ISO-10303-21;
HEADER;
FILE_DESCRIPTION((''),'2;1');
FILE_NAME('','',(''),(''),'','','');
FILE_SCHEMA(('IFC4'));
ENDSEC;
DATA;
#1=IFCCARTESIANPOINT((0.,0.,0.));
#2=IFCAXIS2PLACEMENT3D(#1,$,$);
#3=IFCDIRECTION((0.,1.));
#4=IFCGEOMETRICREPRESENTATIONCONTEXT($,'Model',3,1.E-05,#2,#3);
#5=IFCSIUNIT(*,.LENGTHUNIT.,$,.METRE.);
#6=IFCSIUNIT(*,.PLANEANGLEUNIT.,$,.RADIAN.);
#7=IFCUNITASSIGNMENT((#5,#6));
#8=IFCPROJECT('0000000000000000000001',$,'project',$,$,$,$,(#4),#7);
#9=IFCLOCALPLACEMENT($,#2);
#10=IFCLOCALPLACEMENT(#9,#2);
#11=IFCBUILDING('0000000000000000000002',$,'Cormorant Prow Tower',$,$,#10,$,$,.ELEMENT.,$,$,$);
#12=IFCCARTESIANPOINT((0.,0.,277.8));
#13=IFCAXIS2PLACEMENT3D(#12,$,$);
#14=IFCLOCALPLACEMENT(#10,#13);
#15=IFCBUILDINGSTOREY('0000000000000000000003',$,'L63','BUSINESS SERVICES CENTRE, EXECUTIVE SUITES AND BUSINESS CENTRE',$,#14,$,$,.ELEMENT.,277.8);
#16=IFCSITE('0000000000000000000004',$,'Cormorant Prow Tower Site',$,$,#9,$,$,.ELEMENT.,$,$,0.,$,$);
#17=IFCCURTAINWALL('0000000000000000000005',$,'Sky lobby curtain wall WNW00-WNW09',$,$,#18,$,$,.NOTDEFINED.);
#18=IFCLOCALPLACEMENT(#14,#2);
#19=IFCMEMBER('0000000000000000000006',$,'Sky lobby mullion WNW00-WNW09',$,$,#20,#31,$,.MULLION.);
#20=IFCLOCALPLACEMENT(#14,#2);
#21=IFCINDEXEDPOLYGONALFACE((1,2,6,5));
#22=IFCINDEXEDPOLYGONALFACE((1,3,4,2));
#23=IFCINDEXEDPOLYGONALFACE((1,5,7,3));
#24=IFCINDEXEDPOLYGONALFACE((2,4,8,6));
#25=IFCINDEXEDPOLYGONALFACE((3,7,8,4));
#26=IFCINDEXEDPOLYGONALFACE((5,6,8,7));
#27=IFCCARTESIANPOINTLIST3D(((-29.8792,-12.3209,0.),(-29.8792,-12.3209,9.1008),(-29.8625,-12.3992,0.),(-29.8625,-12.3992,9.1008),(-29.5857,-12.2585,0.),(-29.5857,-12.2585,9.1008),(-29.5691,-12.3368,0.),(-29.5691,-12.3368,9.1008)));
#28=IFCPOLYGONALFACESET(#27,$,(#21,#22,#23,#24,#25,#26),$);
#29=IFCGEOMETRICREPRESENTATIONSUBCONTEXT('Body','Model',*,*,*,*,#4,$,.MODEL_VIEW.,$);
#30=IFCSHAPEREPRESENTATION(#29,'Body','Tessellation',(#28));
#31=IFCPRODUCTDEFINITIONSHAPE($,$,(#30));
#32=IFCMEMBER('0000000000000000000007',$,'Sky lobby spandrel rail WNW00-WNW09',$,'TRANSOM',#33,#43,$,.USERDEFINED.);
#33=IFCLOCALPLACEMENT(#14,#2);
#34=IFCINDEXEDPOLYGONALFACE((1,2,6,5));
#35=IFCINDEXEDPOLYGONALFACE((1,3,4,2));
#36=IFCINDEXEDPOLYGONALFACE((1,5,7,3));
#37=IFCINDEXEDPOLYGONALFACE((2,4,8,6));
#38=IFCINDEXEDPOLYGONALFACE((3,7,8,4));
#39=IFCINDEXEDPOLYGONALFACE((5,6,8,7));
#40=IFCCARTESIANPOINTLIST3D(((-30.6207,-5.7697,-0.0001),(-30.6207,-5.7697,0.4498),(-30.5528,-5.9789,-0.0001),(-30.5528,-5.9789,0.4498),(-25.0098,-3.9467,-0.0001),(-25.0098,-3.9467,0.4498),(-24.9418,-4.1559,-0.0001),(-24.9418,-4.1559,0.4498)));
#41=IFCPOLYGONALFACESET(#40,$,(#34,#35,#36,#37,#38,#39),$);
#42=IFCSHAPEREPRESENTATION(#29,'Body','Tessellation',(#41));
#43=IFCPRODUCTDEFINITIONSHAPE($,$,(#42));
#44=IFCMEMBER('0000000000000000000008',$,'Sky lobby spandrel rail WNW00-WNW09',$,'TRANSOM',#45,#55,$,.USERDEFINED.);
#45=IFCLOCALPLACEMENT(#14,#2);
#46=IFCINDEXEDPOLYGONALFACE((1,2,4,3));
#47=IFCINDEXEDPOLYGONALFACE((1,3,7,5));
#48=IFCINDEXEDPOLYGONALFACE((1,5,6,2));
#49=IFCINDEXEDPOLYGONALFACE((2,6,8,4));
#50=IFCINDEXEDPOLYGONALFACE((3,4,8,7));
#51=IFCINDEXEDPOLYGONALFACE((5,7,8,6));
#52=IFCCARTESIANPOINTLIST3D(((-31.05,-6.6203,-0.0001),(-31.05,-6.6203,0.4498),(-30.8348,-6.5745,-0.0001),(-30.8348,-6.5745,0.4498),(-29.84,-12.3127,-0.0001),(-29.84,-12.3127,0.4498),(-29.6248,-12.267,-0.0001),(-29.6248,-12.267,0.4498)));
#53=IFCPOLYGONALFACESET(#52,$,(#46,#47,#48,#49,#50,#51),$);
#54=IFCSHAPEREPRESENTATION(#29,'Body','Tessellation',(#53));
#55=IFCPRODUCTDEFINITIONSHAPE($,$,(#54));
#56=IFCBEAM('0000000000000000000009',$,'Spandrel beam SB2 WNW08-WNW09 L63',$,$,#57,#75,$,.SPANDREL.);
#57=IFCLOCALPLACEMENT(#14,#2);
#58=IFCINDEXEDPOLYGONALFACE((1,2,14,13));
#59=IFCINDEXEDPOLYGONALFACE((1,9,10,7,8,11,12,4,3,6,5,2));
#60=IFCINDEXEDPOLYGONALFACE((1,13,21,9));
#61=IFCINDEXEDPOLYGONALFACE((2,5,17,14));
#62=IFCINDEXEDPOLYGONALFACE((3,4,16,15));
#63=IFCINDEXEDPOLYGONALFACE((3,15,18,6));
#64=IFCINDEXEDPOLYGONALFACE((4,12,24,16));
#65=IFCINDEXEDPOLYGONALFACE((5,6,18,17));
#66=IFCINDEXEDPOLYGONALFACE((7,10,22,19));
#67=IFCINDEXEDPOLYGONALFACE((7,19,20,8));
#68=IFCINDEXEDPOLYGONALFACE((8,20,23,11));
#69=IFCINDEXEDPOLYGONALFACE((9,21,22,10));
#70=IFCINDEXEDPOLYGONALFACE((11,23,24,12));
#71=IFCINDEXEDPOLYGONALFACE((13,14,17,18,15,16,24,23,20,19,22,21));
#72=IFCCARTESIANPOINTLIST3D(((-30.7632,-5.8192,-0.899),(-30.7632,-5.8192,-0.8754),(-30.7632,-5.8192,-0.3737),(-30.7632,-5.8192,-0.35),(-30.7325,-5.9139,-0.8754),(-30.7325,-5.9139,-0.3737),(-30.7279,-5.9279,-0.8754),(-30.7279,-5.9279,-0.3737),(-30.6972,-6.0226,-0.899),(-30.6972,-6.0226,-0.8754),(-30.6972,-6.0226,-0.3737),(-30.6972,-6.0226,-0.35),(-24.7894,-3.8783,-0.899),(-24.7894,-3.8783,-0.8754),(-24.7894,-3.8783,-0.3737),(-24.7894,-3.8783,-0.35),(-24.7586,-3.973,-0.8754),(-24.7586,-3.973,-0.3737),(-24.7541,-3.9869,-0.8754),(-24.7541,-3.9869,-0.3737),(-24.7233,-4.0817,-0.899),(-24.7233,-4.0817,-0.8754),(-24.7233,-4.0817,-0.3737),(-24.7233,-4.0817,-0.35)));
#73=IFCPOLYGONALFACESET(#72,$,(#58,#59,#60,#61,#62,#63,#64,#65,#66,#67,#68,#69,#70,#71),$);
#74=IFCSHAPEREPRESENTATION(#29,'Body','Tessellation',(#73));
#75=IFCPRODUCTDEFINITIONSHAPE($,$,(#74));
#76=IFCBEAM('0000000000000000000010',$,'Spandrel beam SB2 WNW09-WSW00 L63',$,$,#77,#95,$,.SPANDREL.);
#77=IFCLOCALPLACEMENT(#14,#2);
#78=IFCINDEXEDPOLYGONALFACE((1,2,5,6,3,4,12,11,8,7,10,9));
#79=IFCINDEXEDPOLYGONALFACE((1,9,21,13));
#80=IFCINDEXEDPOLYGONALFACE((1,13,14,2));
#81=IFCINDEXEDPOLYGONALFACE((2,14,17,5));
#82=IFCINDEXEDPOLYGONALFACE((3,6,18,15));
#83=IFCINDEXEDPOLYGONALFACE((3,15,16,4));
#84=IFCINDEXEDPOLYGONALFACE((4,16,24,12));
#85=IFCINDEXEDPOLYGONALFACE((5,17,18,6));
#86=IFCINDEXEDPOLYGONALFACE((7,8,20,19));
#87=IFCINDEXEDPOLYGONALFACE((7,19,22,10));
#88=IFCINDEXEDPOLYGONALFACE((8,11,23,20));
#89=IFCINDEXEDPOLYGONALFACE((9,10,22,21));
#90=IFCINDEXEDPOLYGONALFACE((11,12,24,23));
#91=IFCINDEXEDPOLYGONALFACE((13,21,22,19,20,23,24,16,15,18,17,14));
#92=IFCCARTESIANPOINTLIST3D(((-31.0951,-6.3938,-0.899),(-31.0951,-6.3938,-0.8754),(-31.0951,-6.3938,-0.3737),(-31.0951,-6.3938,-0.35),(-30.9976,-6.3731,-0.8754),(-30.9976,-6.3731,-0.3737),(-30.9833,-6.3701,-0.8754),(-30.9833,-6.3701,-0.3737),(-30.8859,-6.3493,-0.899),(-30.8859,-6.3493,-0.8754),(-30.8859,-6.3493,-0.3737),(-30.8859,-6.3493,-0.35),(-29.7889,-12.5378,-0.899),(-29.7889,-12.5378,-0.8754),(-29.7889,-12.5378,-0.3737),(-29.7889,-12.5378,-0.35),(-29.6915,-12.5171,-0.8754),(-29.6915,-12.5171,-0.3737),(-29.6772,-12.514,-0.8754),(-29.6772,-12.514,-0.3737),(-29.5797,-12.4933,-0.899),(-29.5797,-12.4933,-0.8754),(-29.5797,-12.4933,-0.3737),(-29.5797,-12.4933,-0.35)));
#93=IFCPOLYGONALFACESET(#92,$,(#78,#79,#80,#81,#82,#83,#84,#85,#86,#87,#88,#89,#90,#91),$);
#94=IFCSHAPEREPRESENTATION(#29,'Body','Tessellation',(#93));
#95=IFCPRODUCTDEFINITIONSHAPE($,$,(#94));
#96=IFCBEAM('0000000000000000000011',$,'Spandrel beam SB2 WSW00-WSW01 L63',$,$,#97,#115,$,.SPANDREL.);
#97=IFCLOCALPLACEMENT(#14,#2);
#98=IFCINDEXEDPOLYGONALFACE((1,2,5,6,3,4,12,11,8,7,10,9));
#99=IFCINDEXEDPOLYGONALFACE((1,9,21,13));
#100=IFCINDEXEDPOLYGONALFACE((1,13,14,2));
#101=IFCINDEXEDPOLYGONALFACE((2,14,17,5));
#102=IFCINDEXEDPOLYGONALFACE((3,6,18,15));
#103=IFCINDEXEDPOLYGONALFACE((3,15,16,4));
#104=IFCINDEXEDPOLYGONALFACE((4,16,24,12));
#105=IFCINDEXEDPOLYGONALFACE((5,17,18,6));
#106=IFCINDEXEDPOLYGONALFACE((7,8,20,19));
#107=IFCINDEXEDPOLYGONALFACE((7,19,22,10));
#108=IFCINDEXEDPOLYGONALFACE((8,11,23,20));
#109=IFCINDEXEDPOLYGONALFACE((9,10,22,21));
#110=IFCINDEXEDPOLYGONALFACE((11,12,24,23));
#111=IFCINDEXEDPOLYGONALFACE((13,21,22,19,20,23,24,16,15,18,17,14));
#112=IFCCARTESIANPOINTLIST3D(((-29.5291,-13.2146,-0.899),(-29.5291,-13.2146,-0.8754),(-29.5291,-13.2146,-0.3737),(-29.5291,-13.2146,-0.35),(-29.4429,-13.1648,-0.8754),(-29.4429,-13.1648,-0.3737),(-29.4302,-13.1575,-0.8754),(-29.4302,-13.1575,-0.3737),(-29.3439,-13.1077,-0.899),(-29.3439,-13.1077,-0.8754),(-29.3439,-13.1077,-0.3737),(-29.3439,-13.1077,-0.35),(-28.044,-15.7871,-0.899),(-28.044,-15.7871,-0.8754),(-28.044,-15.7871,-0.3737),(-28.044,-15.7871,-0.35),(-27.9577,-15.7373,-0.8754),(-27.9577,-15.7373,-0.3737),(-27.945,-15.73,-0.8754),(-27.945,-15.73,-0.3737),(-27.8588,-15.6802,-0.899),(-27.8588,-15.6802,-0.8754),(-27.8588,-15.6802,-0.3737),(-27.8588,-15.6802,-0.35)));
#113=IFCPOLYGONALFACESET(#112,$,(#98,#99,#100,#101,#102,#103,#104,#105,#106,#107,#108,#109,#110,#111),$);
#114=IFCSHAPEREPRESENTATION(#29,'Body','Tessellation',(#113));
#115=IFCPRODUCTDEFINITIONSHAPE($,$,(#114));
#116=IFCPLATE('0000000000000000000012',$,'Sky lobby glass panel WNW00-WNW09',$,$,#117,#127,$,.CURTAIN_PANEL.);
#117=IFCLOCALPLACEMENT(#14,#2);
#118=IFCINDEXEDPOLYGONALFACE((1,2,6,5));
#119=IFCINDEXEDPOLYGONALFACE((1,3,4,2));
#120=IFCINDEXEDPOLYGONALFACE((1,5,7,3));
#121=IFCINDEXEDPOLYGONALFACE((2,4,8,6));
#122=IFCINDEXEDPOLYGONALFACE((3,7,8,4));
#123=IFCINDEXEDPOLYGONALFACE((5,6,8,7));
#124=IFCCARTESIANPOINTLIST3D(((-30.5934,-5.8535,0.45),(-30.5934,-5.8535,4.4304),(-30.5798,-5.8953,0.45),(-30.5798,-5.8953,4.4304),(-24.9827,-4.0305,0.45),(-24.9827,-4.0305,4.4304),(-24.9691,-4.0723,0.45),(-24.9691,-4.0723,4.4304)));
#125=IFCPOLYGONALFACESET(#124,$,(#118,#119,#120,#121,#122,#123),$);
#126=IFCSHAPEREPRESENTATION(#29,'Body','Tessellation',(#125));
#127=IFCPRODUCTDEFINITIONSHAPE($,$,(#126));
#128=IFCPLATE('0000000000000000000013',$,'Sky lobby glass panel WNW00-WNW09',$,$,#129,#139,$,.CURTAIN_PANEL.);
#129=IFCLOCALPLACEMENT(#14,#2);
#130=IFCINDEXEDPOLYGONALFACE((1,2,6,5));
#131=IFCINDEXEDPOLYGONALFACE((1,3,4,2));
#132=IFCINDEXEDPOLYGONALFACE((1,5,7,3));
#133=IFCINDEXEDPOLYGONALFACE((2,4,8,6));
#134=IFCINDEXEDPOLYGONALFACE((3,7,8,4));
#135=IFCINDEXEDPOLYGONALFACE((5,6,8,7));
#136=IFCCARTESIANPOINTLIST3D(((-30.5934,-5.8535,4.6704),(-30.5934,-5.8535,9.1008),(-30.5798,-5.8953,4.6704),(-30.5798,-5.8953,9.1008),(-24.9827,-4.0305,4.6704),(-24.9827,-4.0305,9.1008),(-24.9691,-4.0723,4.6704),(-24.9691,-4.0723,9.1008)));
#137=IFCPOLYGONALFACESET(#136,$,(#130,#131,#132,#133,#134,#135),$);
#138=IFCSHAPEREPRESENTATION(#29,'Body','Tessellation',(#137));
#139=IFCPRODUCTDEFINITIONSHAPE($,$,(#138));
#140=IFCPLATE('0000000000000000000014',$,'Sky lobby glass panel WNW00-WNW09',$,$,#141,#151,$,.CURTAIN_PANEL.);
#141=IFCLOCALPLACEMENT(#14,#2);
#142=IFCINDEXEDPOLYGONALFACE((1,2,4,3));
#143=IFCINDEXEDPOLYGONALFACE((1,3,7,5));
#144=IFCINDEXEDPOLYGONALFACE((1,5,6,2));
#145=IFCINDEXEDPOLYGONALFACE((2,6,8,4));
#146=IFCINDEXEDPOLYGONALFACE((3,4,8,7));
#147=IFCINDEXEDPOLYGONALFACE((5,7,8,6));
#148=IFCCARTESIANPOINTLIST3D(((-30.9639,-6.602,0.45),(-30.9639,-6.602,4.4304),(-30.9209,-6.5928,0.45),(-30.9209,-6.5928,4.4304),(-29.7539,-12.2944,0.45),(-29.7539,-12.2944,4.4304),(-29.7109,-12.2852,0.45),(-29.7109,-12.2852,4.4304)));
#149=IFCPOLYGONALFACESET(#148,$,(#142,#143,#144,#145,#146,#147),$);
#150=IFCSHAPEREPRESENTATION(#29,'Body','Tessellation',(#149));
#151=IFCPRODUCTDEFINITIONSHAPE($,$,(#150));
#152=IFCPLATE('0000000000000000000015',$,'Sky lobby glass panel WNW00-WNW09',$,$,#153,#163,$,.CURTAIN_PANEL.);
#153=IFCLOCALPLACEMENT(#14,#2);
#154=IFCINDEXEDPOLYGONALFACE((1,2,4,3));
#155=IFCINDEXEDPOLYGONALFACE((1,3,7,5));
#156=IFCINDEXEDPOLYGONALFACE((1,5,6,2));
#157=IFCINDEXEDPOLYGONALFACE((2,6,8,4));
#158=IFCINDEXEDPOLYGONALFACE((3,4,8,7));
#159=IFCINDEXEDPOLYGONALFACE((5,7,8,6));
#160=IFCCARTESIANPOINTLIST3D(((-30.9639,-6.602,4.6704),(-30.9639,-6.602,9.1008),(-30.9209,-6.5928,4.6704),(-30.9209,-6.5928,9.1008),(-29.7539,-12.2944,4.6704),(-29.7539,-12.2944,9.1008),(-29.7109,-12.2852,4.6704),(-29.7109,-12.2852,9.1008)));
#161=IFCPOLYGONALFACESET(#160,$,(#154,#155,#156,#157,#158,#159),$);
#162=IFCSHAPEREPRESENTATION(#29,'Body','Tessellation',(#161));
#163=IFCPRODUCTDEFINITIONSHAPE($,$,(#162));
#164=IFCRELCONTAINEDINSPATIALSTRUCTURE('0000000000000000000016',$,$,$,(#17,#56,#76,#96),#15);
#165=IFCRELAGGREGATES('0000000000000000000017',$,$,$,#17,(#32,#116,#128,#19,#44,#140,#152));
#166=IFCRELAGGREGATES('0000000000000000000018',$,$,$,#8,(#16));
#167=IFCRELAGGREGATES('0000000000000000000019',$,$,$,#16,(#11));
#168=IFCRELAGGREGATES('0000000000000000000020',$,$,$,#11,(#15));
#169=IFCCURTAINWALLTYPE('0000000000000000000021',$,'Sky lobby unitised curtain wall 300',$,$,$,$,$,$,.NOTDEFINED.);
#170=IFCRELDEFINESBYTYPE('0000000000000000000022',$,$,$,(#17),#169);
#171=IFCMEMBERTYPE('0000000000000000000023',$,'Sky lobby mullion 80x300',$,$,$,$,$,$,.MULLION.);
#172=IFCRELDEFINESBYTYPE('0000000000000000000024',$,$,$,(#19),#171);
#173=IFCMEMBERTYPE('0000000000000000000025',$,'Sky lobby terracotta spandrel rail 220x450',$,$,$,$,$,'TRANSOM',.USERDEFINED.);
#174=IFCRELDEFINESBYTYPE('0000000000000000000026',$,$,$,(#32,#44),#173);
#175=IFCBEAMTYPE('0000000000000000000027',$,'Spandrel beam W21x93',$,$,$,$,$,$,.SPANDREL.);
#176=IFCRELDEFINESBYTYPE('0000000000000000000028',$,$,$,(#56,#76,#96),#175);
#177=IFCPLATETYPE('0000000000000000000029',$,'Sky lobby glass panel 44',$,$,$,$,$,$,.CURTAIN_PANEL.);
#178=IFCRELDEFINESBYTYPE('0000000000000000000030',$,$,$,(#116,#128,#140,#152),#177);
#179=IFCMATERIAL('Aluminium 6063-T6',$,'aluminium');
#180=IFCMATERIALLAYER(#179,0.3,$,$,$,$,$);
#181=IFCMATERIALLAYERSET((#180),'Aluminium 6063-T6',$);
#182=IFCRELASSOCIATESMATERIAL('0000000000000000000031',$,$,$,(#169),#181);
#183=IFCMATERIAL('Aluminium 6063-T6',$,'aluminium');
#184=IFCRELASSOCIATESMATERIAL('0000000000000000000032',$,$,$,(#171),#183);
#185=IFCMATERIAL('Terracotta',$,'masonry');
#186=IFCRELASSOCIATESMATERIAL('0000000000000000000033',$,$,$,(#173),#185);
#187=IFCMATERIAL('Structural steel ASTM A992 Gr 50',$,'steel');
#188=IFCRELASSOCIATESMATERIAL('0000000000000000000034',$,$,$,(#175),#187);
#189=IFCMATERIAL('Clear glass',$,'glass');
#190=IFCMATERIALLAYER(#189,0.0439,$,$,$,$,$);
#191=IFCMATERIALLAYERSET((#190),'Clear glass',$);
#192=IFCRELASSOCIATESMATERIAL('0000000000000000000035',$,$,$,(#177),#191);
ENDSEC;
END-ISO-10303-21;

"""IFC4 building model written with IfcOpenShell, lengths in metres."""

from ifc_helpers import new_model, si_unit, direction, frame, origin, origin_2d, place, context, subcontext, project, spatial, rectangle, i_section, extrude, material, layer, layer_set, material_profile, profile_set, type_object, element, aggregate, save


model = new_model("IFC4")

# Units and contexts
model_context = context("Model", 3, precision=1e-05, world=origin(), true_north=direction((0.0, 1.0)))
body_context = subcontext(model_context, "Body", "Model", "MODEL_VIEW")
ifc_project = project(units=[si_unit("LENGTHUNIT", "METRE"), si_unit("PLANEANGLEUNIT", "RADIAN")], contexts=[model_context])

# Site, building, storey
site_placement = place(None, origin())
site = spatial("IfcSite", under=ifc_project, at=site_placement, Name="Cormorant Prow Tower Site", CompositionType="ELEMENT", RefElevation=0.0)
building_placement = place(site_placement, origin())
building = spatial("IfcBuilding", under=site, at=building_placement, Name="Cormorant Prow Tower", CompositionType="ELEMENT")
storey_placement = place(building_placement, frame((0.0, 0.0, 277.8)))
storey = spatial("IfcBuildingStorey", under=building, at=storey_placement, Name="L63", Description="BUSINESS SERVICES CENTRE, EXECUTIVE SUITES AND BUSINESS CENTRE", CompositionType="ELEMENT", Elevation=277.8)

# Curtain wall, members
ifc_material_1 = material(Name="Aluminium 6063-T6", Category="aluminium")
ifc_layer_1 = layer(ifc_material_1, 0.3)
ifc_layer_set_1 = layer_set([ifc_layer_1], Name="Aluminium 6063-T6")
curtain_wall_type = type_object("IfcCurtainWallType", Name="Sky lobby unitised curtain wall 300", PredefinedType="NOTDEFINED", material=ifc_layer_set_1)
curtain_wall_placement = place(storey_placement, origin())
curtain_wall = element("IfcCurtainWall", 1, at=curtain_wall_placement, inside=storey, type_object=curtain_wall_type, Name="Sky lobby curtain wall WNW00-WNW09", PredefinedType="NOTDEFINED")
ifc_material_2 = material(Name="Aluminium 6063-T6", Category="aluminium")
ifc_material_profile_1 = material_profile(ifc_material_2, rectangle(XDim=0.3, YDim=0.0801, at=origin_2d()), Name="Sky lobby mullion 80x300")
ifc_profile_set_1 = profile_set([ifc_material_profile_1], Name="Aluminium 6063-T6")
member_type_1 = type_object("IfcMemberType", Name="Sky lobby mullion 80x300", PredefinedType="MULLION", material=ifc_profile_set_1)
member_1_placement = place(storey_placement, frame((-29.7241, -12.3289, 0.0), z_axis=(0.0, 0.0, 1.0), x_axis=(0.978148, 0.207912, 0.0)))
member_1 = element("IfcMember", 2, at=member_1_placement, type_object=member_type_1, Name="Sky lobby mullion WNW00-WNW09", PredefinedType="MULLION", context=body_context, shape_type="SweptSolid", body=[
    extrude(rectangle(XDim=0.3, YDim=0.0801, at=origin_2d()), origin(), (0.0, 0.0, 1.0), 9.1008),
])
ifc_material_3 = material(Name="Terracotta", Category="masonry")
ifc_material_profile_2 = material_profile(ifc_material_3, rectangle(XDim=0.22, YDim=0.45, at=origin_2d()), Name="Sky lobby terracotta spandrel rail 220x450")
ifc_profile_set_2 = profile_set([ifc_material_profile_2], Name="Terracotta")
member_type_2 = type_object("IfcMemberType", Name="Sky lobby terracotta spandrel rail 220x450", ElementType="TRANSOM", PredefinedType="USERDEFINED", material=ifc_profile_set_2)
member_2_placement = place(storey_placement, frame((-24.9758, -4.0513, 0.2249), z_axis=(-0.95106, -0.309006, 0.0), x_axis=(0.309006, -0.95106, 0.0)))
member_2 = element("IfcMember", 3, at=member_2_placement, type_object=member_type_2, Name="Sky lobby spandrel rail WNW00-WNW09", ObjectType="TRANSOM", PredefinedType="USERDEFINED", context=body_context, shape_type="SweptSolid", body=[
    extrude(rectangle(XDim=0.22, YDim=0.45, at=origin_2d()), origin(), (0.0, 0.0, 1.0), 5.8997),
])
member_3_placement = place(storey_placement, frame((-30.9424, -6.5974, 0.2249), z_axis=(0.207913, -0.978147, 0.0), x_axis=(0.978147, 0.207913, 0.0)))
member_3 = element("IfcMember", 4, at=member_3_placement, type_object=member_type_2, Name="Sky lobby spandrel rail WNW00-WNW09", ObjectType="TRANSOM", PredefinedType="USERDEFINED", context=body_context, shape_type="SweptSolid", body=[
    extrude(rectangle(XDim=0.22, YDim=0.45, at=origin_2d()), origin(), (0.0, 0.0, 1.0), 5.8196),
])

# Beams
ifc_material_4 = material(Name="Structural steel ASTM A992 Gr 50", Category="steel")
ifc_material_profile_3 = material_profile(ifc_material_4, i_section(OverallWidth=0.2139, OverallDepth=0.5491, WebThickness=0.0146, FlangeThickness=0.0237, at=origin_2d()), Name="W21x93")
ifc_profile_set_3 = profile_set([ifc_material_profile_3], Name="Structural steel ASTM A992 Gr 50")
beam_type_1 = type_object("IfcBeamType", Name="Spandrel beam W21x93", PredefinedType="SPANDREL", material=ifc_profile_set_3)
for number, where, z_axis, x_axis, name in (
    (5, (-24.7563, -3.98, -0.6245), (-0.951062, -0.309001, 0.0), (0.309001, -0.951062, 0.0), "Spandrel beam SB2 WNW08-WNW09 L63"),
    (6, (-30.9905, -6.3716, -0.6245), (0.207941, -0.978141, 0.0), (0.978141, 0.207941, 0.0), "Spandrel beam SB2 WNW09-WSW00 L63"),
):
    element("IfcBeam", number, at=place(storey_placement, frame(where, z_axis=z_axis, x_axis=x_axis)), inside=storey, type_object=beam_type_1, Name=name, PredefinedType="SPANDREL", context=body_context, shape_type="SweptSolid", body=[
        extrude(i_section(OverallWidth=0.2139, OverallDepth=0.5491, WebThickness=0.0146, FlangeThickness=0.0237, at=origin_2d()), origin(), (0.0, 0.0, 1.0), 6.2812),
    ])
beam_1_placement = place(storey_placement, frame((-29.4365, -13.1611, -0.6245), z_axis=(0.499967, -0.866045, 0.0), x_axis=(0.866045, 0.499967, 0.0)))
element("IfcBeam", 7, at=beam_1_placement, inside=storey, type_object=beam_type_1, Name="Spandrel beam SB2 WSW00-WSW01 L63", PredefinedType="SPANDREL", context=body_context, shape_type="SweptSolid", body=[
    extrude(i_section(OverallWidth=0.2139, OverallDepth=0.5491, WebThickness=0.0146, FlangeThickness=0.0237, at=origin_2d()), origin(), (0.0, 0.0, 1.0), 2.9705),
])

# Plates
ifc_material_5 = material(Name="Clear glass", Category="glass")
ifc_layer_2 = layer(ifc_material_5, 0.0439)
ifc_layer_set_2 = layer_set([ifc_layer_2], Name="Clear glass")
plate_type = type_object("IfcPlateType", Name="Sky lobby glass panel 44", PredefinedType="CURTAIN_PANEL", material=ifc_layer_set_2)
plate_1_placement = place(storey_placement, frame((-27.7812, -4.9629, 0.45), z_axis=(0.0, 0.0, 1.0), x_axis=(-0.951057, -0.309017, 0.0)))
plate_1 = element("IfcPlate", 8, at=plate_1_placement, type_object=plate_type, Name="Sky lobby glass panel WNW00-WNW09", PredefinedType="CURTAIN_PANEL", context=body_context, shape_type="SweptSolid", body=[
    extrude(rectangle(XDim=5.8994, YDim=0.0439, at=origin_2d()), origin(), (0.0, 0.0, 1.0), 3.9805),
])
plate_2_placement = place(storey_placement, frame((-27.7812, -4.9629, 4.6704), z_axis=(0.0, 0.0, 1.0), x_axis=(-0.951057, -0.309017, 0.0)))
plate_2 = element("IfcPlate", 9, at=plate_2_placement, type_object=plate_type, Name="Sky lobby glass panel WNW00-WNW09", PredefinedType="CURTAIN_PANEL", context=body_context, shape_type="SweptSolid", body=[
    extrude(rectangle(XDim=5.8994, YDim=0.0439, at=origin_2d()), origin(), (0.0, 0.0, 1.0), 4.4304),
])
plate_3_placement = place(storey_placement, frame((-30.3374, -9.4436, 0.45), z_axis=(0.0, 0.0, 1.0), x_axis=(0.207912, -0.978148, 0.0)))
plate_3 = element("IfcPlate", 10, at=plate_3_placement, type_object=plate_type, Name="Sky lobby glass panel WNW00-WNW09", PredefinedType="CURTAIN_PANEL", context=body_context, shape_type="SweptSolid", body=[
    extrude(rectangle(XDim=5.8196, YDim=0.0439, at=origin_2d()), origin(), (0.0, 0.0, 1.0), 3.9805),
])
plate_4_placement = place(storey_placement, frame((-30.3374, -9.4436, 4.6704), z_axis=(0.0, 0.0, 1.0), x_axis=(0.207912, -0.978148, 0.0)))
plate_4 = element("IfcPlate", 11, at=plate_4_placement, type_object=plate_type, Name="Sky lobby glass panel WNW00-WNW09", PredefinedType="CURTAIN_PANEL", context=body_context, shape_type="SweptSolid", body=[
    extrude(rectangle(XDim=5.8196, YDim=0.0439, at=origin_2d()), origin(), (0.0, 0.0, 1.0), 4.4304),
])
aggregate(curtain_wall, [member_2, plate_1, plate_2, member_1, member_3, plate_3, plate_4])

save(model, "model.ifc")
